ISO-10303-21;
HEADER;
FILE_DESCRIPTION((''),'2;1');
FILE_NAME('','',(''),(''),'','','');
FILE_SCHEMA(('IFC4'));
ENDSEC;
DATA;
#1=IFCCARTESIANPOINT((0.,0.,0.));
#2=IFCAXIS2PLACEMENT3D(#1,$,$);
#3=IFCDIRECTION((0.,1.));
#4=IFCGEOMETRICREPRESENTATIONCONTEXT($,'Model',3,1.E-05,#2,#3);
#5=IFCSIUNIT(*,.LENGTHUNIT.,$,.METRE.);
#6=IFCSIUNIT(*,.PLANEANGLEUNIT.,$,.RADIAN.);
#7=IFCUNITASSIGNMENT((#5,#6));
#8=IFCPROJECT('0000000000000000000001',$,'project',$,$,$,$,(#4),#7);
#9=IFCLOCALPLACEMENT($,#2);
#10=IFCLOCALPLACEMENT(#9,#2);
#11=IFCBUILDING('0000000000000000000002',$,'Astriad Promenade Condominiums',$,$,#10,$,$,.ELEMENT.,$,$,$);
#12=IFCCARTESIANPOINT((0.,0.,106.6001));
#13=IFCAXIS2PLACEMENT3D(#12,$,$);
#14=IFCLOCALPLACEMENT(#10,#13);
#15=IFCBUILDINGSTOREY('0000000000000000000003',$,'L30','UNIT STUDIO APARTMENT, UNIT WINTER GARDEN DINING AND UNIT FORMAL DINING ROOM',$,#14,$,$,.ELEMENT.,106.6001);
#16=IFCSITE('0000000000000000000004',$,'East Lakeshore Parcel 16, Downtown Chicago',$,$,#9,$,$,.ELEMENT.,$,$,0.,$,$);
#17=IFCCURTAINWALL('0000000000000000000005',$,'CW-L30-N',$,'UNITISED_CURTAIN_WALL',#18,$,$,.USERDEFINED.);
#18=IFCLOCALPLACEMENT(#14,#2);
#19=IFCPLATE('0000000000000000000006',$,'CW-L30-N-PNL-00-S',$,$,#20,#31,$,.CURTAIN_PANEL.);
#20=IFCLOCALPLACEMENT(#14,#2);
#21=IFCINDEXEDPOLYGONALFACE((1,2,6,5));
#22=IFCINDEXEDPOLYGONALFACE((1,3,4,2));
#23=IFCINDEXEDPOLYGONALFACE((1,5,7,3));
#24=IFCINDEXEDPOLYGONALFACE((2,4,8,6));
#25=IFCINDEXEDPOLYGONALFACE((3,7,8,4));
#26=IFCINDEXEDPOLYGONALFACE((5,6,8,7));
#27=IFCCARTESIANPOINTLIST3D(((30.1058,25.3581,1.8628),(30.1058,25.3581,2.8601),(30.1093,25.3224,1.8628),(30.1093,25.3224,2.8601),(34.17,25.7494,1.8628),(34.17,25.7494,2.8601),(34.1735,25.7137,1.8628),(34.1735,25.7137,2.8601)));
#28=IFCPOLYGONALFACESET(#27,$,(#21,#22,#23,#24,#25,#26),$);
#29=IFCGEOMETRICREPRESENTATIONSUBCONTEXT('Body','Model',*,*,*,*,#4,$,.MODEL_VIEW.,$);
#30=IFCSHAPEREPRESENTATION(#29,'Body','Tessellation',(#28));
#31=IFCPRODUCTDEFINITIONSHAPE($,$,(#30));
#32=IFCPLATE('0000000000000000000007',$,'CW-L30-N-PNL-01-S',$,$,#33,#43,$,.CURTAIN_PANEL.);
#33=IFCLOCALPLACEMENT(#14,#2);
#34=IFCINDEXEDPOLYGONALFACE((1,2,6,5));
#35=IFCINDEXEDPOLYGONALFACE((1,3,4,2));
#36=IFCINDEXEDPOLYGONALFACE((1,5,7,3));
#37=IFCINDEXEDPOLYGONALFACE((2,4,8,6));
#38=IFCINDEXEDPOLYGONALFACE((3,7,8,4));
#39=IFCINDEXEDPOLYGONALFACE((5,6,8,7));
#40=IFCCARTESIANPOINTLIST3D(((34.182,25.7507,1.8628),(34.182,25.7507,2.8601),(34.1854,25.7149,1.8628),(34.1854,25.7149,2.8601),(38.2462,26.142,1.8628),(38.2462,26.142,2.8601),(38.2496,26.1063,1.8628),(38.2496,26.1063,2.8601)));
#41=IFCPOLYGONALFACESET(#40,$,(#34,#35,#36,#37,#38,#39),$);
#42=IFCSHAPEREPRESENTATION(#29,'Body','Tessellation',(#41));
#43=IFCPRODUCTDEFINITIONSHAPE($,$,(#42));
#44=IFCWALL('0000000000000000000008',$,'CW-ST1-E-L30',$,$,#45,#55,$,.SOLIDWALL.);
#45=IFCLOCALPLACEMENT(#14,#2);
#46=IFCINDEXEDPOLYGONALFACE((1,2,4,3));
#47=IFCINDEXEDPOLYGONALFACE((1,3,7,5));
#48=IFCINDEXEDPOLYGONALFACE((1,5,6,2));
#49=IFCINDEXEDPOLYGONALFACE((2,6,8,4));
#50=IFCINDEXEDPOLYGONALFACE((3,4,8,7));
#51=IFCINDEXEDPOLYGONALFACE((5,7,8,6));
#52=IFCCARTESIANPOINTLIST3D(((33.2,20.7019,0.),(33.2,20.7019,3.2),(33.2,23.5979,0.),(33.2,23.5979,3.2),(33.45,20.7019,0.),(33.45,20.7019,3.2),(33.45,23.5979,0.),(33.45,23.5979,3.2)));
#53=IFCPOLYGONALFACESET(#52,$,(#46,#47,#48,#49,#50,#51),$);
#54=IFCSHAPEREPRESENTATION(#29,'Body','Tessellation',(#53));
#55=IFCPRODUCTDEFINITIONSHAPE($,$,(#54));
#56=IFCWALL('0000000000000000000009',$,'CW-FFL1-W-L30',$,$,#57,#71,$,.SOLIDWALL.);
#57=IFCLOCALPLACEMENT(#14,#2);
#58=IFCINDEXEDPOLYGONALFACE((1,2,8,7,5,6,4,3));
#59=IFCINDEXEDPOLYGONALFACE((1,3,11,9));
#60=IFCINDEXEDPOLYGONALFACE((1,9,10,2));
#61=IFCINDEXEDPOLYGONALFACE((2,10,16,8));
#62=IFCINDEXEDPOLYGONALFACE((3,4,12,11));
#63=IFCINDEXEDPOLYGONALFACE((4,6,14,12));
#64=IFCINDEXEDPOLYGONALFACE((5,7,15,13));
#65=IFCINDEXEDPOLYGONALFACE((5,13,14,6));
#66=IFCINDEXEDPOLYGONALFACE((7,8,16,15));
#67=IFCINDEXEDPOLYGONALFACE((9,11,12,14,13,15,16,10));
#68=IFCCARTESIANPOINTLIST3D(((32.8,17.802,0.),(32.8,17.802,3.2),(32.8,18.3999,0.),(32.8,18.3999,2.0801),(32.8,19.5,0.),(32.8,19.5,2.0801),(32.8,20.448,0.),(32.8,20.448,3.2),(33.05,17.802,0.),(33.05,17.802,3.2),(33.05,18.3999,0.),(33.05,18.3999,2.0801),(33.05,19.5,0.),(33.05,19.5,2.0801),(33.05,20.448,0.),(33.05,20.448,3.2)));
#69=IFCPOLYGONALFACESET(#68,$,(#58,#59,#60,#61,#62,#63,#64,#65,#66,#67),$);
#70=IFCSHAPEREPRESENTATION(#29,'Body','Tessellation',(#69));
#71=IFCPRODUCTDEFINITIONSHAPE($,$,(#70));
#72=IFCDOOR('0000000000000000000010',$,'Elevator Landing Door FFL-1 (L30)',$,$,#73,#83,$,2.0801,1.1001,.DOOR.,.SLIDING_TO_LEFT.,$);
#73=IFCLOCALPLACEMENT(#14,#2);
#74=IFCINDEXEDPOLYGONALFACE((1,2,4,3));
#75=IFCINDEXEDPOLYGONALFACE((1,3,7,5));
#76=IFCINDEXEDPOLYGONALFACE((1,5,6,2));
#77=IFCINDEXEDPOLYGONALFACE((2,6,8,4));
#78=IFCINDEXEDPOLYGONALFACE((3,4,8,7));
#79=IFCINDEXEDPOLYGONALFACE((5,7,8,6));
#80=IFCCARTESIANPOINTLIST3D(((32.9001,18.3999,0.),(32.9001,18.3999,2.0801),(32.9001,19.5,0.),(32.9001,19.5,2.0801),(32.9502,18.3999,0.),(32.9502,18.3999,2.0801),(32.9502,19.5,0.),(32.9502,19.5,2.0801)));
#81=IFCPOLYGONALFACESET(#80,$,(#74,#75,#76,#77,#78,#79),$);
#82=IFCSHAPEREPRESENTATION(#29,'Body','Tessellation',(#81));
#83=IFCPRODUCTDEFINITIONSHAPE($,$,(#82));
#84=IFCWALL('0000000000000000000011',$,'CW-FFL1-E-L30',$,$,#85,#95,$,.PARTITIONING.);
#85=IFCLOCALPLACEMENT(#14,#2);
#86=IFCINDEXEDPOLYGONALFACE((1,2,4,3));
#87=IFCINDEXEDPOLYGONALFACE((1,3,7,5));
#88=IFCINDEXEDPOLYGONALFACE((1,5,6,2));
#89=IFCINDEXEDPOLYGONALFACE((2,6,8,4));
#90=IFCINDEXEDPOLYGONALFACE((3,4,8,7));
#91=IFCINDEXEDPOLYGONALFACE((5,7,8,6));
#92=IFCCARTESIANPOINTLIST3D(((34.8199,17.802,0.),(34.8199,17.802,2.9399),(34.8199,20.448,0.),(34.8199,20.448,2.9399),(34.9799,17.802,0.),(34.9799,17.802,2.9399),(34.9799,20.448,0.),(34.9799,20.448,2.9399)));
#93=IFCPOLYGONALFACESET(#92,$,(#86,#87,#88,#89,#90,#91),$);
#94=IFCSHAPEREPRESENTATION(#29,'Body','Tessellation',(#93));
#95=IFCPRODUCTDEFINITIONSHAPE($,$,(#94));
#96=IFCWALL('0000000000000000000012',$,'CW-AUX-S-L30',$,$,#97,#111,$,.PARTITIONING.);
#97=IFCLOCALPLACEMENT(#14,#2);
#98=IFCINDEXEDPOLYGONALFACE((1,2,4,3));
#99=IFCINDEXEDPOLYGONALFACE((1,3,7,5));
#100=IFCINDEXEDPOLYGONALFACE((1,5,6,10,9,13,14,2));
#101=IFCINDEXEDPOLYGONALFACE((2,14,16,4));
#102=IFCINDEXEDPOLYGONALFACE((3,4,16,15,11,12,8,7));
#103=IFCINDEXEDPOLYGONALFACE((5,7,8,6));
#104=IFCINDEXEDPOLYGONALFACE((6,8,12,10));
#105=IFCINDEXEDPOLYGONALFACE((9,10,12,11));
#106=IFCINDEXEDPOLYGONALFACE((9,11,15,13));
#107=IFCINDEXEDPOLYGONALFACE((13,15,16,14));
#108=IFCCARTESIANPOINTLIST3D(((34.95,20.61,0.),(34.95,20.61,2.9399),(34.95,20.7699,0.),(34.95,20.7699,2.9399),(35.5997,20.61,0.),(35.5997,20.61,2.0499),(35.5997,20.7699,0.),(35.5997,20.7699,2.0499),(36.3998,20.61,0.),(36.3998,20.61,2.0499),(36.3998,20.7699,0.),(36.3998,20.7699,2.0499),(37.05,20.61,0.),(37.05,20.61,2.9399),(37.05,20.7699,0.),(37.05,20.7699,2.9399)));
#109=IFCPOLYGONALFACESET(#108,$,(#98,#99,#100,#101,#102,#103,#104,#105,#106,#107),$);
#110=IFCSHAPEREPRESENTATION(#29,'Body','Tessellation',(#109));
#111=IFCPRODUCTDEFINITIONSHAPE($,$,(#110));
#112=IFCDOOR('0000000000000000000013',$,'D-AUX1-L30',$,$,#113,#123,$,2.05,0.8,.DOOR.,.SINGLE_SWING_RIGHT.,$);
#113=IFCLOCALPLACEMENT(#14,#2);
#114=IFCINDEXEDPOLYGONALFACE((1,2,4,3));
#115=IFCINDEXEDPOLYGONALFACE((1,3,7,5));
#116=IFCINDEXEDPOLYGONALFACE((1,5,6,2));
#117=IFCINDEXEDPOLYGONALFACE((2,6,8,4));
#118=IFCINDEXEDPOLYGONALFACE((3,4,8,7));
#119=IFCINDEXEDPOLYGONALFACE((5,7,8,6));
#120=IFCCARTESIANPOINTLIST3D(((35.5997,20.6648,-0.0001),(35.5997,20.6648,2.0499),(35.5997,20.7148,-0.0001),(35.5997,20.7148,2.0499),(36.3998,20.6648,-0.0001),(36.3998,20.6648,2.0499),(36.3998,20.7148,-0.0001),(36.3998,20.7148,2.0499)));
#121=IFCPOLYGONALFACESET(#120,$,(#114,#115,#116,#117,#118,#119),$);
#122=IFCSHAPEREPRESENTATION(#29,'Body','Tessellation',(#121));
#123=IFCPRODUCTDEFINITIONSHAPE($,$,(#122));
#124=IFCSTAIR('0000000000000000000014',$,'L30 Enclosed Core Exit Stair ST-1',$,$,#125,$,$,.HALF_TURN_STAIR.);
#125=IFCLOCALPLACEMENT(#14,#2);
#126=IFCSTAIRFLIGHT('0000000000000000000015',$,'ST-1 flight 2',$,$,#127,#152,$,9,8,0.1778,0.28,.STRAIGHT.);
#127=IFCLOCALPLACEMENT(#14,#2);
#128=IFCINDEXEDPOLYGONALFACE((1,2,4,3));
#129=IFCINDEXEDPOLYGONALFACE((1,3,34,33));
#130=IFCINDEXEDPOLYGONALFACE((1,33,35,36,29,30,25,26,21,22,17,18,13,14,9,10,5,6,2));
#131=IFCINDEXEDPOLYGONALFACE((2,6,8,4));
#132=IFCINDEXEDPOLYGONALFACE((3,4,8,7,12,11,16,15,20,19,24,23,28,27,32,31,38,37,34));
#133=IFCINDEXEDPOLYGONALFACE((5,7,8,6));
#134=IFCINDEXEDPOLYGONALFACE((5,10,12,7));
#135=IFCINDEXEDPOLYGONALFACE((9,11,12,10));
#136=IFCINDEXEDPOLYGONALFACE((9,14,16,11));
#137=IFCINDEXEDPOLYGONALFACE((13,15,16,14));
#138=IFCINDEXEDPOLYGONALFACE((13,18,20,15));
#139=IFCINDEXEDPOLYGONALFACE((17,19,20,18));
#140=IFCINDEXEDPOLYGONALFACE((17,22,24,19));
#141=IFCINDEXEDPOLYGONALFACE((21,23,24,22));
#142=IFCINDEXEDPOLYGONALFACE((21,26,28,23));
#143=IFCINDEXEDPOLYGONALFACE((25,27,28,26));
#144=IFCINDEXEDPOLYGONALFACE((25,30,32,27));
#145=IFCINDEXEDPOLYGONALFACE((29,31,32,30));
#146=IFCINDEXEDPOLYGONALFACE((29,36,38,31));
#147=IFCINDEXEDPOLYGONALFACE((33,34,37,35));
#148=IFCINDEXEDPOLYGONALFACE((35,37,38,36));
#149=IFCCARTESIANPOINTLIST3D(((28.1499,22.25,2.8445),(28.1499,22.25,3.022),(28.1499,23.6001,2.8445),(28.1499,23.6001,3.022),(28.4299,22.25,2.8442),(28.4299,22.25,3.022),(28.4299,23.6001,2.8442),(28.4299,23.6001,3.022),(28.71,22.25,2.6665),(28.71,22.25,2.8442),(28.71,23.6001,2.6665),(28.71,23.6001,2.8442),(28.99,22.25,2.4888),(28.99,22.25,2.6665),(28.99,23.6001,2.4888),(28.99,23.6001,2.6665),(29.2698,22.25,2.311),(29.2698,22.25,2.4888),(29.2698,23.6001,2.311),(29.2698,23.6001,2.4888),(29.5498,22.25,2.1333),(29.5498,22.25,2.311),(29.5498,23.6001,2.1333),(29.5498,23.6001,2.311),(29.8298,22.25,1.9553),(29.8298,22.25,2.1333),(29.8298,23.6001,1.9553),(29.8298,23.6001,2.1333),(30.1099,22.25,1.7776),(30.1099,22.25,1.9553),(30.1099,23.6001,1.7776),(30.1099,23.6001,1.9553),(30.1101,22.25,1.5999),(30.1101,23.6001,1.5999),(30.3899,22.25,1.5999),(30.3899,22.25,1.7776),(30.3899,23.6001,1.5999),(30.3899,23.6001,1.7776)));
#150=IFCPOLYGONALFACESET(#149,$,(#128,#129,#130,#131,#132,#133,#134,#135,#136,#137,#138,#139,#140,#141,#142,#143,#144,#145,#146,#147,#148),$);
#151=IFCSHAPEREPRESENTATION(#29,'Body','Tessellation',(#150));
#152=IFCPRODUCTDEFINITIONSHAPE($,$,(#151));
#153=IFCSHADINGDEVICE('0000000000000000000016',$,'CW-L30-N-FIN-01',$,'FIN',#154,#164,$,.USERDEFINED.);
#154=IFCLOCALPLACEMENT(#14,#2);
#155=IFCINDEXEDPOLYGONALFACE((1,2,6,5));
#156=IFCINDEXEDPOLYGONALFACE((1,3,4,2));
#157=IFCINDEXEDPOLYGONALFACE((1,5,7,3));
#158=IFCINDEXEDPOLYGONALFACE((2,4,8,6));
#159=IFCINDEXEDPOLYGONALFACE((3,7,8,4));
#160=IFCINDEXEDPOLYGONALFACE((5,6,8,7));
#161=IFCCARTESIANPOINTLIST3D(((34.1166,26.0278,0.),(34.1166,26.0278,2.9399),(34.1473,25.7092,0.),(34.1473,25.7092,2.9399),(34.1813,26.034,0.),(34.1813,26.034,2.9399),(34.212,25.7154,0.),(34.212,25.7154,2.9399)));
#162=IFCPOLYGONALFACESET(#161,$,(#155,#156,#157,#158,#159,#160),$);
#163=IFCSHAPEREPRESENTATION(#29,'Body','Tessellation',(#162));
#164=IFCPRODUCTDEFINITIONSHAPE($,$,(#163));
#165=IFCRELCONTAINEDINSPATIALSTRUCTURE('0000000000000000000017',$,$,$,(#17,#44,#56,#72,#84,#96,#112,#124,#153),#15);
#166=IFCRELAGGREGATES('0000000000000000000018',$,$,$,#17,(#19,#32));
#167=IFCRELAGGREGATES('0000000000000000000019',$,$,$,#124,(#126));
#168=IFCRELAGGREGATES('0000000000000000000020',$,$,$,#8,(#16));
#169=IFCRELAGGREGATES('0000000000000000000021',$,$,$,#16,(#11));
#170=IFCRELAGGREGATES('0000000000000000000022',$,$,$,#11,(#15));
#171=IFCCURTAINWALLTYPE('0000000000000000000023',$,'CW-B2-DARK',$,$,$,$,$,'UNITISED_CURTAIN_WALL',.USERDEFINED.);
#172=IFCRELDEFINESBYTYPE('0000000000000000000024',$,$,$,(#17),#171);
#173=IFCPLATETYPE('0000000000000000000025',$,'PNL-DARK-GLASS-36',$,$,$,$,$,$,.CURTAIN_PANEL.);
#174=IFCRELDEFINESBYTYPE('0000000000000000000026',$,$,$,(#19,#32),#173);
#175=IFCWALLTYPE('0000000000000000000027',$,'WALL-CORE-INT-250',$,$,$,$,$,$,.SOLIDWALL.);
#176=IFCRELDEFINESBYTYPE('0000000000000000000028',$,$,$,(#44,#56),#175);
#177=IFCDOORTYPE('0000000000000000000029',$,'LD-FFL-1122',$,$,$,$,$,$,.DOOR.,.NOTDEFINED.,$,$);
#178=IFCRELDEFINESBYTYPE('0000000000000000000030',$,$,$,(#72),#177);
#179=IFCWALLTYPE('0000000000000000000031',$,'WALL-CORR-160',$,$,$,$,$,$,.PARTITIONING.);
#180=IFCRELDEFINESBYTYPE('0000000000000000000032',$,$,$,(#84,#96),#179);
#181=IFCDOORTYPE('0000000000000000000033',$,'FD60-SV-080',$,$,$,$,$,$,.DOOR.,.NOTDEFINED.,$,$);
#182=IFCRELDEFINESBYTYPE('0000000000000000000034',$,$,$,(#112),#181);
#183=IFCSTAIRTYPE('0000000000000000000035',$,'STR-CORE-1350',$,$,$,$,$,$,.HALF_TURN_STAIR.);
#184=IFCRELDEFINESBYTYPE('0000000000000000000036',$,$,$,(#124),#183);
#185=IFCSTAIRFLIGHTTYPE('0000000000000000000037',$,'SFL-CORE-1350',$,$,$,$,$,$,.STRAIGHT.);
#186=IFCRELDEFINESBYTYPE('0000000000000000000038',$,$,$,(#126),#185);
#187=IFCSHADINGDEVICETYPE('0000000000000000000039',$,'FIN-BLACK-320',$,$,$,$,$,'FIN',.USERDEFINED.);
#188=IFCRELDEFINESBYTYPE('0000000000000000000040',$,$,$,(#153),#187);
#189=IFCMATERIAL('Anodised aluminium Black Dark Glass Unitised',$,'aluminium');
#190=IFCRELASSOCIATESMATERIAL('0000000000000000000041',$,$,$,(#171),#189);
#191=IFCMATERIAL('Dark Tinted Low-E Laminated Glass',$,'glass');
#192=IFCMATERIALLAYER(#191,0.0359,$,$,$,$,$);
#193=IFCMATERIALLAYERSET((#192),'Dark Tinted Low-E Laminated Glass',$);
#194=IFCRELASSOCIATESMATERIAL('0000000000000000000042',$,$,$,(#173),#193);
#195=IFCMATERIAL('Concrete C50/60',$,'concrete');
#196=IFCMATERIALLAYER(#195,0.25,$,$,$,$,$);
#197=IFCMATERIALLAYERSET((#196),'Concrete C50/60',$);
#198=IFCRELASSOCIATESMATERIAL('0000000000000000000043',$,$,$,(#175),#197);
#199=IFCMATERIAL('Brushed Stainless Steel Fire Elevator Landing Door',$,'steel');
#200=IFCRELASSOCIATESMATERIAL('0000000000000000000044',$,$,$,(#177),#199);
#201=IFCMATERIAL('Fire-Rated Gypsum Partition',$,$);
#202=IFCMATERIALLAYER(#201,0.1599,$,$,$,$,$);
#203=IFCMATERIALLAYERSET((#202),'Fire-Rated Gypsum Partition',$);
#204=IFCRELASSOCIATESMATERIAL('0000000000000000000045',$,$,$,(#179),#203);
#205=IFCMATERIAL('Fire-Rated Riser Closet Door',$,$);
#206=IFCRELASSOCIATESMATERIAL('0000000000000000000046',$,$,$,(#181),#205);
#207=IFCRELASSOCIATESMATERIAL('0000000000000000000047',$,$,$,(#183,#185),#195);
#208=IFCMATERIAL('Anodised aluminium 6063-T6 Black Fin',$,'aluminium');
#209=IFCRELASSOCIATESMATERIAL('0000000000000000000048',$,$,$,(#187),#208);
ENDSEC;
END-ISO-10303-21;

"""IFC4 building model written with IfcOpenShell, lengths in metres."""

from ifc_helpers import new_model, si_unit, direction, frame, frame_2d, origin, origin_2d, place, context, subcontext, project, spatial, polyline, rectangle, outline, extrude, source, transform, mapped, material, layer, layer_set, type_object, type_shapes, element, fill, aggregate, save


model = new_model("IFC4")

# Units and contexts
model_context = context("Model", 3, precision=1e-05, world=origin(), true_north=direction((0.0, 1.0)))
body_context = subcontext(model_context, "Body", "Model", "MODEL_VIEW")
ifc_project = project(units=[si_unit("LENGTHUNIT", "METRE"), si_unit("PLANEANGLEUNIT", "RADIAN")], contexts=[model_context])

# Site, building, storey
site_placement = place(None, origin())
site = spatial("IfcSite", under=ifc_project, at=site_placement, Name="East Lakeshore Parcel 16, Downtown Chicago", CompositionType="ELEMENT", RefElevation=0.0)
building_placement = place(site_placement, origin())
building = spatial("IfcBuilding", under=site, at=building_placement, Name="Astriad Promenade Condominiums", CompositionType="ELEMENT")
storey_placement = place(building_placement, frame((0.0, 0.0, 106.6001)))
storey = spatial("IfcBuildingStorey", under=building, at=storey_placement, Name="L30", Description="UNIT STUDIO APARTMENT, UNIT WINTER GARDEN DINING AND UNIT FORMAL DINING ROOM", CompositionType="ELEMENT", Elevation=106.6001)

# Curtain wall, plates
ifc_material_1 = material(Name="Anodised aluminium Black Dark Glass Unitised", Category="aluminium")
curtain_wall_type = type_object("IfcCurtainWallType", Name="CW-B2-DARK", ElementType="UNITISED_CURTAIN_WALL", PredefinedType="USERDEFINED", material=ifc_material_1)
curtain_wall_placement = place(storey_placement, origin())
curtain_wall = element("IfcCurtainWall", 1, at=curtain_wall_placement, inside=storey, type_object=curtain_wall_type, Name="CW-L30-N", ObjectType="UNITISED_CURTAIN_WALL", PredefinedType="USERDEFINED")
ifc_material_2 = material(Name="Dark Tinted Low-E Laminated Glass", Category="glass")
ifc_layer_1 = layer(ifc_material_2, 0.0359)
ifc_layer_set_1 = layer_set([ifc_layer_1], Name="Dark Tinted Low-E Laminated Glass")
plate_type = type_object("IfcPlateType", Name="PNL-DARK-GLASS-36", PredefinedType="CURTAIN_PANEL", material=ifc_layer_set_1)
shared_shape_1 = source(origin(), body_context, "Body", "SweptSolid", [
    extrude(rectangle(XDim=4.083, YDim=0.0359, at=origin_2d()), origin(), (0.0, 0.0, 1.0), 0.9973),
])
plate_1_placement = place(storey_placement, frame((32.1396, 25.5359, 1.8628), z_axis=(0.0, 0.0, 1.0), x_axis=(0.995396, 0.095846, 0.0)))
plate_1 = element("IfcPlate", 2, at=plate_1_placement, type_object=plate_type, Name="CW-L30-N-PNL-00-S", PredefinedType="CURTAIN_PANEL", context=body_context, shape_type="MappedRepresentation", body=[
    mapped(shared_shape_1, transform((0.0, 0.0, 0.0), scale=1.0)),
])
plate_2_placement = place(storey_placement, frame((36.2158, 25.9285, 1.8628), z_axis=(0.0, 0.0, 1.0), x_axis=(0.995396, 0.095846, 0.0)))
plate_2 = element("IfcPlate", 3, at=plate_2_placement, type_object=plate_type, Name="CW-L30-N-PNL-01-S", PredefinedType="CURTAIN_PANEL", context=body_context, shape_type="MappedRepresentation", body=[
    mapped(shared_shape_1, transform((0.0, 0.0, 0.0), scale=1.0)),
])
aggregate(curtain_wall, [plate_1, plate_2])

# Wall
ifc_material_3 = material(Name="Concrete C50/60", Category="concrete")
ifc_layer_2 = layer(ifc_material_3, 0.25)
ifc_layer_set_2 = layer_set([ifc_layer_2], Name="Concrete C50/60")
wall_type_1 = type_object("IfcWallType", Name="WALL-CORE-INT-250", PredefinedType="SOLIDWALL", material=ifc_layer_set_2)
wall_1_placement = place(storey_placement, frame((33.325, 20.7019, 0.0), z_axis=(0.0, 0.0, 1.0), x_axis=(0.0, 1.0, 0.0)))
element("IfcWall", 4, at=wall_1_placement, inside=storey, type_object=wall_type_1, Name="CW-ST1-E-L30", PredefinedType="SOLIDWALL", context=body_context, shape_type="SweptSolid", body=[
    extrude(rectangle(XDim=2.896, YDim=0.25, at=frame_2d((1.448, 0.0))), origin(), (0.0, 0.0, 1.0), 3.2),
])

# Wall, opening, door
wall_2_placement = place(storey_placement, frame((32.925, 17.802, 0.0), z_axis=(0.0, 0.0, 1.0), x_axis=(0.0, 1.0, 0.0)))
wall_2 = element("IfcWall", 5, at=wall_2_placement, inside=storey, type_object=wall_type_1, Name="CW-FFL1-W-L30", PredefinedType="SOLIDWALL", context=body_context, shape_type="SweptSolid", body=[
    extrude(rectangle(XDim=2.646, YDim=0.25, at=frame_2d((1.323, 0.0))), origin(), (0.0, 0.0, 1.0), 3.2),
])
opening_1_placement = place(wall_2_placement, frame((0.5979, 0.0, 0.0)))
opening_1 = element("IfcOpeningElement", 6, at=opening_1_placement, cuts=wall_2, PredefinedType="OPENING", context=body_context, shape_type="SweptSolid", body=[
    extrude(rectangle(XDim=1.1001, YDim=2.0801, at=frame_2d((0.55, 1.04))), frame((0.0, 0.135, 0.0), z_axis=(0.0, -1.0, 0.0), x_axis=(1.0, 0.0, 0.0)), (0.0, 0.0, 1.0), 0.27),
])
ifc_material_4 = material(Name="Brushed Stainless Steel Fire Elevator Landing Door", Category="steel")
door_type_1 = type_object("IfcDoorType", Name="LD-FFL-1122", OperationType="NOTDEFINED", PredefinedType="DOOR", material=ifc_material_4)
shared_shape_2 = source(origin(), body_context, "Body", "SweptSolid", [
    extrude(rectangle(XDim=1.1001, YDim=2.0801, at=frame_2d((0.55, 1.04))), frame((0.0, 0.0249, 0.0), z_axis=(0.0, -1.0, 0.0), x_axis=(1.0, 0.0, 0.0)), (0.0, 0.0, 1.0), 0.05),
])
type_shapes(door_type_1, [shared_shape_2])
door_1_placement = place(opening_1_placement, origin())
door_1 = element("IfcDoor", 7, at=door_1_placement, inside=storey, type_object=door_type_1, Name="Elevator Landing Door FFL-1 (L30)", OperationType="SLIDING_TO_LEFT", OverallHeight=2.0801, OverallWidth=1.1001, PredefinedType="DOOR", context=body_context, shape_type="MappedRepresentation", body=[
    mapped(shared_shape_2, transform((0.0, 0.0, 0.0), scale=1.0)),
])
fill(opening_1, door_1)

# Wall
ifc_material_5 = material(Name="Fire-Rated Gypsum Partition")
ifc_layer_3 = layer(ifc_material_5, 0.1599)
ifc_layer_set_3 = layer_set([ifc_layer_3], Name="Fire-Rated Gypsum Partition")
wall_type_2 = type_object("IfcWallType", Name="WALL-CORR-160", PredefinedType="PARTITIONING", material=ifc_layer_set_3)
wall_3_placement = place(storey_placement, frame((34.8999, 17.802, 0.0), z_axis=(0.0, 0.0, 1.0), x_axis=(0.0, 1.0, 0.0)))
element("IfcWall", 8, at=wall_3_placement, inside=storey, type_object=wall_type_2, Name="CW-FFL1-E-L30", PredefinedType="PARTITIONING", context=body_context, shape_type="SweptSolid", body=[
    extrude(rectangle(XDim=2.646, YDim=0.1599, at=frame_2d((1.323, 0.0))), origin(), (0.0, 0.0, 1.0), 2.9399),
])

# Wall, opening, door
wall_4_placement = place(storey_placement, frame((34.95, 20.6899, 0.0), z_axis=(0.0, 0.0, 1.0), x_axis=(1.0, 0.0, 0.0)))
wall_4 = element("IfcWall", 9, at=wall_4_placement, inside=storey, type_object=wall_type_2, Name="CW-AUX-S-L30", PredefinedType="PARTITIONING", context=body_context, shape_type="SweptSolid", body=[
    extrude(rectangle(XDim=2.1001, YDim=0.1599, at=frame_2d((1.05, 0.0))), origin(), (0.0, 0.0, 1.0), 2.9399),
])
opening_2_placement = place(wall_4_placement, frame((0.6499, 0.0, 0.0)))
opening_2 = element("IfcOpeningElement", 10, at=opening_2_placement, cuts=wall_4, PredefinedType="OPENING", context=body_context, shape_type="SweptSolid", body=[
    extrude(rectangle(XDim=0.8, YDim=2.05, at=frame_2d((0.3999, 1.0249))), frame((0.0, 0.0898, 0.0), z_axis=(0.0, -1.0, 0.0), x_axis=(1.0, 0.0, 0.0)), (0.0, 0.0, 1.0), 0.1799),
])
ifc_material_6 = material(Name="Fire-Rated Riser Closet Door")
door_type_2 = type_object("IfcDoorType", Name="FD60-SV-080", OperationType="NOTDEFINED", PredefinedType="DOOR", material=ifc_material_6)
shared_shape_3 = source(origin(), body_context, "Body", "SweptSolid", [
    extrude(rectangle(XDim=0.8, YDim=2.05, at=frame_2d((0.3999, 1.0249))), frame((0.0, 0.0249, 0.0), z_axis=(0.0, -1.0, 0.0), x_axis=(1.0, 0.0, 0.0)), (0.0, 0.0, 1.0), 0.05),
])
type_shapes(door_type_2, [shared_shape_3])
door_2_placement = place(opening_2_placement, origin())
door_2 = element("IfcDoor", 11, at=door_2_placement, inside=storey, type_object=door_type_2, Name="D-AUX1-L30", OperationType="SINGLE_SWING_RIGHT", OverallHeight=2.05, OverallWidth=0.8, PredefinedType="DOOR", context=body_context, shape_type="MappedRepresentation", body=[
    mapped(shared_shape_3, transform((0.0, 0.0, 0.0), scale=1.0)),
])
fill(opening_2, door_2)

# Stair, stair flight
stair_type = type_object("IfcStairType", Name="STR-CORE-1350", PredefinedType="HALF_TURN_STAIR", material=ifc_material_3)
stair_placement = place(storey_placement, origin())
stair = element("IfcStair", 12, at=stair_placement, inside=storey, type_object=stair_type, Name="L30 Enclosed Core Exit Stair ST-1", PredefinedType="HALF_TURN_STAIR")
stair_flight_type = type_object("IfcStairFlightType", Name="SFL-CORE-1350", PredefinedType="STRAIGHT", material=ifc_material_3)
shared_shape_4 = source(origin(), body_context, "Body", "SweptSolid", [
    extrude(outline(polyline([(0.0, 0.0), (0.0, 0.1777), (0.28, 0.1777), (0.28, 0.3555), (0.5601, 0.3555), (0.5601, 0.5334), (0.8401, 0.5334), (0.8401, 0.7112), (1.1201, 0.7112), (1.1201, 0.8889), (1.3999, 0.8889), (1.3999, 1.0667), (1.6799, 1.0667), (1.6799, 1.2444), (1.96, 1.2444), (1.96, 1.4221), (2.24, 1.4221), (2.24, 1.6001), (2.24, 1.2446), (0.2798, 0.0), (0.0, 0.0)])), frame((0.0, 0.675, 0.0), z_axis=(0.0, -1.0, 0.0), x_axis=(1.0, 0.0, 0.0)), (0.0, 0.0, 1.0), 1.3501),
])
type_shapes(stair_flight_type, [shared_shape_4])
stair_flight_placement = place(storey_placement, frame((30.3899, 22.925, 1.5999), z_axis=(0.0, 0.0, 1.0), x_axis=(-1.0, 0.0, 0.0)))
stair_flight = element("IfcStairFlight", 13, at=stair_flight_placement, type_object=stair_flight_type, Name="ST-1 flight 2", NumberOfRisers=9, NumberOfTreads=8, PredefinedType="STRAIGHT", RiserHeight=0.1778, TreadLength=0.28, context=body_context, shape_type="MappedRepresentation", body=[
    mapped(shared_shape_4, transform((0.0, 0.0, 0.0), scale=1.0)),
])
aggregate(stair, [stair_flight])

# Shading device
ifc_material_7 = material(Name="Anodised aluminium 6063-T6 Black Fin", Category="aluminium")
shading_device_type = type_object("IfcShadingDeviceType", Name="FIN-BLACK-320", ElementType="FIN", PredefinedType="USERDEFINED", material=ifc_material_7)
shared_shape_5 = source(origin(), body_context, "Body", "SweptSolid", [
    extrude(rectangle(XDim=0.0649, YDim=0.3201, at=origin_2d()), origin(), (0.0, 0.0, 1.0), 2.9399),
])
type_shapes(shading_device_type, [shared_shape_5])
shading_device_placement = place(storey_placement, frame((34.1643, 25.8716, 0.0), z_axis=(0.0, 0.0, 1.0), x_axis=(0.995396, 0.095846, 0.0)))
element("IfcShadingDevice", 14, at=shading_device_placement, inside=storey, type_object=shading_device_type, Name="CW-L30-N-FIN-01", ObjectType="FIN", PredefinedType="USERDEFINED", context=body_context, shape_type="MappedRepresentation", body=[
    mapped(shared_shape_5, transform((0.0, 0.0, 0.0), scale=1.0)),
])

save(model, "model.ifc")
